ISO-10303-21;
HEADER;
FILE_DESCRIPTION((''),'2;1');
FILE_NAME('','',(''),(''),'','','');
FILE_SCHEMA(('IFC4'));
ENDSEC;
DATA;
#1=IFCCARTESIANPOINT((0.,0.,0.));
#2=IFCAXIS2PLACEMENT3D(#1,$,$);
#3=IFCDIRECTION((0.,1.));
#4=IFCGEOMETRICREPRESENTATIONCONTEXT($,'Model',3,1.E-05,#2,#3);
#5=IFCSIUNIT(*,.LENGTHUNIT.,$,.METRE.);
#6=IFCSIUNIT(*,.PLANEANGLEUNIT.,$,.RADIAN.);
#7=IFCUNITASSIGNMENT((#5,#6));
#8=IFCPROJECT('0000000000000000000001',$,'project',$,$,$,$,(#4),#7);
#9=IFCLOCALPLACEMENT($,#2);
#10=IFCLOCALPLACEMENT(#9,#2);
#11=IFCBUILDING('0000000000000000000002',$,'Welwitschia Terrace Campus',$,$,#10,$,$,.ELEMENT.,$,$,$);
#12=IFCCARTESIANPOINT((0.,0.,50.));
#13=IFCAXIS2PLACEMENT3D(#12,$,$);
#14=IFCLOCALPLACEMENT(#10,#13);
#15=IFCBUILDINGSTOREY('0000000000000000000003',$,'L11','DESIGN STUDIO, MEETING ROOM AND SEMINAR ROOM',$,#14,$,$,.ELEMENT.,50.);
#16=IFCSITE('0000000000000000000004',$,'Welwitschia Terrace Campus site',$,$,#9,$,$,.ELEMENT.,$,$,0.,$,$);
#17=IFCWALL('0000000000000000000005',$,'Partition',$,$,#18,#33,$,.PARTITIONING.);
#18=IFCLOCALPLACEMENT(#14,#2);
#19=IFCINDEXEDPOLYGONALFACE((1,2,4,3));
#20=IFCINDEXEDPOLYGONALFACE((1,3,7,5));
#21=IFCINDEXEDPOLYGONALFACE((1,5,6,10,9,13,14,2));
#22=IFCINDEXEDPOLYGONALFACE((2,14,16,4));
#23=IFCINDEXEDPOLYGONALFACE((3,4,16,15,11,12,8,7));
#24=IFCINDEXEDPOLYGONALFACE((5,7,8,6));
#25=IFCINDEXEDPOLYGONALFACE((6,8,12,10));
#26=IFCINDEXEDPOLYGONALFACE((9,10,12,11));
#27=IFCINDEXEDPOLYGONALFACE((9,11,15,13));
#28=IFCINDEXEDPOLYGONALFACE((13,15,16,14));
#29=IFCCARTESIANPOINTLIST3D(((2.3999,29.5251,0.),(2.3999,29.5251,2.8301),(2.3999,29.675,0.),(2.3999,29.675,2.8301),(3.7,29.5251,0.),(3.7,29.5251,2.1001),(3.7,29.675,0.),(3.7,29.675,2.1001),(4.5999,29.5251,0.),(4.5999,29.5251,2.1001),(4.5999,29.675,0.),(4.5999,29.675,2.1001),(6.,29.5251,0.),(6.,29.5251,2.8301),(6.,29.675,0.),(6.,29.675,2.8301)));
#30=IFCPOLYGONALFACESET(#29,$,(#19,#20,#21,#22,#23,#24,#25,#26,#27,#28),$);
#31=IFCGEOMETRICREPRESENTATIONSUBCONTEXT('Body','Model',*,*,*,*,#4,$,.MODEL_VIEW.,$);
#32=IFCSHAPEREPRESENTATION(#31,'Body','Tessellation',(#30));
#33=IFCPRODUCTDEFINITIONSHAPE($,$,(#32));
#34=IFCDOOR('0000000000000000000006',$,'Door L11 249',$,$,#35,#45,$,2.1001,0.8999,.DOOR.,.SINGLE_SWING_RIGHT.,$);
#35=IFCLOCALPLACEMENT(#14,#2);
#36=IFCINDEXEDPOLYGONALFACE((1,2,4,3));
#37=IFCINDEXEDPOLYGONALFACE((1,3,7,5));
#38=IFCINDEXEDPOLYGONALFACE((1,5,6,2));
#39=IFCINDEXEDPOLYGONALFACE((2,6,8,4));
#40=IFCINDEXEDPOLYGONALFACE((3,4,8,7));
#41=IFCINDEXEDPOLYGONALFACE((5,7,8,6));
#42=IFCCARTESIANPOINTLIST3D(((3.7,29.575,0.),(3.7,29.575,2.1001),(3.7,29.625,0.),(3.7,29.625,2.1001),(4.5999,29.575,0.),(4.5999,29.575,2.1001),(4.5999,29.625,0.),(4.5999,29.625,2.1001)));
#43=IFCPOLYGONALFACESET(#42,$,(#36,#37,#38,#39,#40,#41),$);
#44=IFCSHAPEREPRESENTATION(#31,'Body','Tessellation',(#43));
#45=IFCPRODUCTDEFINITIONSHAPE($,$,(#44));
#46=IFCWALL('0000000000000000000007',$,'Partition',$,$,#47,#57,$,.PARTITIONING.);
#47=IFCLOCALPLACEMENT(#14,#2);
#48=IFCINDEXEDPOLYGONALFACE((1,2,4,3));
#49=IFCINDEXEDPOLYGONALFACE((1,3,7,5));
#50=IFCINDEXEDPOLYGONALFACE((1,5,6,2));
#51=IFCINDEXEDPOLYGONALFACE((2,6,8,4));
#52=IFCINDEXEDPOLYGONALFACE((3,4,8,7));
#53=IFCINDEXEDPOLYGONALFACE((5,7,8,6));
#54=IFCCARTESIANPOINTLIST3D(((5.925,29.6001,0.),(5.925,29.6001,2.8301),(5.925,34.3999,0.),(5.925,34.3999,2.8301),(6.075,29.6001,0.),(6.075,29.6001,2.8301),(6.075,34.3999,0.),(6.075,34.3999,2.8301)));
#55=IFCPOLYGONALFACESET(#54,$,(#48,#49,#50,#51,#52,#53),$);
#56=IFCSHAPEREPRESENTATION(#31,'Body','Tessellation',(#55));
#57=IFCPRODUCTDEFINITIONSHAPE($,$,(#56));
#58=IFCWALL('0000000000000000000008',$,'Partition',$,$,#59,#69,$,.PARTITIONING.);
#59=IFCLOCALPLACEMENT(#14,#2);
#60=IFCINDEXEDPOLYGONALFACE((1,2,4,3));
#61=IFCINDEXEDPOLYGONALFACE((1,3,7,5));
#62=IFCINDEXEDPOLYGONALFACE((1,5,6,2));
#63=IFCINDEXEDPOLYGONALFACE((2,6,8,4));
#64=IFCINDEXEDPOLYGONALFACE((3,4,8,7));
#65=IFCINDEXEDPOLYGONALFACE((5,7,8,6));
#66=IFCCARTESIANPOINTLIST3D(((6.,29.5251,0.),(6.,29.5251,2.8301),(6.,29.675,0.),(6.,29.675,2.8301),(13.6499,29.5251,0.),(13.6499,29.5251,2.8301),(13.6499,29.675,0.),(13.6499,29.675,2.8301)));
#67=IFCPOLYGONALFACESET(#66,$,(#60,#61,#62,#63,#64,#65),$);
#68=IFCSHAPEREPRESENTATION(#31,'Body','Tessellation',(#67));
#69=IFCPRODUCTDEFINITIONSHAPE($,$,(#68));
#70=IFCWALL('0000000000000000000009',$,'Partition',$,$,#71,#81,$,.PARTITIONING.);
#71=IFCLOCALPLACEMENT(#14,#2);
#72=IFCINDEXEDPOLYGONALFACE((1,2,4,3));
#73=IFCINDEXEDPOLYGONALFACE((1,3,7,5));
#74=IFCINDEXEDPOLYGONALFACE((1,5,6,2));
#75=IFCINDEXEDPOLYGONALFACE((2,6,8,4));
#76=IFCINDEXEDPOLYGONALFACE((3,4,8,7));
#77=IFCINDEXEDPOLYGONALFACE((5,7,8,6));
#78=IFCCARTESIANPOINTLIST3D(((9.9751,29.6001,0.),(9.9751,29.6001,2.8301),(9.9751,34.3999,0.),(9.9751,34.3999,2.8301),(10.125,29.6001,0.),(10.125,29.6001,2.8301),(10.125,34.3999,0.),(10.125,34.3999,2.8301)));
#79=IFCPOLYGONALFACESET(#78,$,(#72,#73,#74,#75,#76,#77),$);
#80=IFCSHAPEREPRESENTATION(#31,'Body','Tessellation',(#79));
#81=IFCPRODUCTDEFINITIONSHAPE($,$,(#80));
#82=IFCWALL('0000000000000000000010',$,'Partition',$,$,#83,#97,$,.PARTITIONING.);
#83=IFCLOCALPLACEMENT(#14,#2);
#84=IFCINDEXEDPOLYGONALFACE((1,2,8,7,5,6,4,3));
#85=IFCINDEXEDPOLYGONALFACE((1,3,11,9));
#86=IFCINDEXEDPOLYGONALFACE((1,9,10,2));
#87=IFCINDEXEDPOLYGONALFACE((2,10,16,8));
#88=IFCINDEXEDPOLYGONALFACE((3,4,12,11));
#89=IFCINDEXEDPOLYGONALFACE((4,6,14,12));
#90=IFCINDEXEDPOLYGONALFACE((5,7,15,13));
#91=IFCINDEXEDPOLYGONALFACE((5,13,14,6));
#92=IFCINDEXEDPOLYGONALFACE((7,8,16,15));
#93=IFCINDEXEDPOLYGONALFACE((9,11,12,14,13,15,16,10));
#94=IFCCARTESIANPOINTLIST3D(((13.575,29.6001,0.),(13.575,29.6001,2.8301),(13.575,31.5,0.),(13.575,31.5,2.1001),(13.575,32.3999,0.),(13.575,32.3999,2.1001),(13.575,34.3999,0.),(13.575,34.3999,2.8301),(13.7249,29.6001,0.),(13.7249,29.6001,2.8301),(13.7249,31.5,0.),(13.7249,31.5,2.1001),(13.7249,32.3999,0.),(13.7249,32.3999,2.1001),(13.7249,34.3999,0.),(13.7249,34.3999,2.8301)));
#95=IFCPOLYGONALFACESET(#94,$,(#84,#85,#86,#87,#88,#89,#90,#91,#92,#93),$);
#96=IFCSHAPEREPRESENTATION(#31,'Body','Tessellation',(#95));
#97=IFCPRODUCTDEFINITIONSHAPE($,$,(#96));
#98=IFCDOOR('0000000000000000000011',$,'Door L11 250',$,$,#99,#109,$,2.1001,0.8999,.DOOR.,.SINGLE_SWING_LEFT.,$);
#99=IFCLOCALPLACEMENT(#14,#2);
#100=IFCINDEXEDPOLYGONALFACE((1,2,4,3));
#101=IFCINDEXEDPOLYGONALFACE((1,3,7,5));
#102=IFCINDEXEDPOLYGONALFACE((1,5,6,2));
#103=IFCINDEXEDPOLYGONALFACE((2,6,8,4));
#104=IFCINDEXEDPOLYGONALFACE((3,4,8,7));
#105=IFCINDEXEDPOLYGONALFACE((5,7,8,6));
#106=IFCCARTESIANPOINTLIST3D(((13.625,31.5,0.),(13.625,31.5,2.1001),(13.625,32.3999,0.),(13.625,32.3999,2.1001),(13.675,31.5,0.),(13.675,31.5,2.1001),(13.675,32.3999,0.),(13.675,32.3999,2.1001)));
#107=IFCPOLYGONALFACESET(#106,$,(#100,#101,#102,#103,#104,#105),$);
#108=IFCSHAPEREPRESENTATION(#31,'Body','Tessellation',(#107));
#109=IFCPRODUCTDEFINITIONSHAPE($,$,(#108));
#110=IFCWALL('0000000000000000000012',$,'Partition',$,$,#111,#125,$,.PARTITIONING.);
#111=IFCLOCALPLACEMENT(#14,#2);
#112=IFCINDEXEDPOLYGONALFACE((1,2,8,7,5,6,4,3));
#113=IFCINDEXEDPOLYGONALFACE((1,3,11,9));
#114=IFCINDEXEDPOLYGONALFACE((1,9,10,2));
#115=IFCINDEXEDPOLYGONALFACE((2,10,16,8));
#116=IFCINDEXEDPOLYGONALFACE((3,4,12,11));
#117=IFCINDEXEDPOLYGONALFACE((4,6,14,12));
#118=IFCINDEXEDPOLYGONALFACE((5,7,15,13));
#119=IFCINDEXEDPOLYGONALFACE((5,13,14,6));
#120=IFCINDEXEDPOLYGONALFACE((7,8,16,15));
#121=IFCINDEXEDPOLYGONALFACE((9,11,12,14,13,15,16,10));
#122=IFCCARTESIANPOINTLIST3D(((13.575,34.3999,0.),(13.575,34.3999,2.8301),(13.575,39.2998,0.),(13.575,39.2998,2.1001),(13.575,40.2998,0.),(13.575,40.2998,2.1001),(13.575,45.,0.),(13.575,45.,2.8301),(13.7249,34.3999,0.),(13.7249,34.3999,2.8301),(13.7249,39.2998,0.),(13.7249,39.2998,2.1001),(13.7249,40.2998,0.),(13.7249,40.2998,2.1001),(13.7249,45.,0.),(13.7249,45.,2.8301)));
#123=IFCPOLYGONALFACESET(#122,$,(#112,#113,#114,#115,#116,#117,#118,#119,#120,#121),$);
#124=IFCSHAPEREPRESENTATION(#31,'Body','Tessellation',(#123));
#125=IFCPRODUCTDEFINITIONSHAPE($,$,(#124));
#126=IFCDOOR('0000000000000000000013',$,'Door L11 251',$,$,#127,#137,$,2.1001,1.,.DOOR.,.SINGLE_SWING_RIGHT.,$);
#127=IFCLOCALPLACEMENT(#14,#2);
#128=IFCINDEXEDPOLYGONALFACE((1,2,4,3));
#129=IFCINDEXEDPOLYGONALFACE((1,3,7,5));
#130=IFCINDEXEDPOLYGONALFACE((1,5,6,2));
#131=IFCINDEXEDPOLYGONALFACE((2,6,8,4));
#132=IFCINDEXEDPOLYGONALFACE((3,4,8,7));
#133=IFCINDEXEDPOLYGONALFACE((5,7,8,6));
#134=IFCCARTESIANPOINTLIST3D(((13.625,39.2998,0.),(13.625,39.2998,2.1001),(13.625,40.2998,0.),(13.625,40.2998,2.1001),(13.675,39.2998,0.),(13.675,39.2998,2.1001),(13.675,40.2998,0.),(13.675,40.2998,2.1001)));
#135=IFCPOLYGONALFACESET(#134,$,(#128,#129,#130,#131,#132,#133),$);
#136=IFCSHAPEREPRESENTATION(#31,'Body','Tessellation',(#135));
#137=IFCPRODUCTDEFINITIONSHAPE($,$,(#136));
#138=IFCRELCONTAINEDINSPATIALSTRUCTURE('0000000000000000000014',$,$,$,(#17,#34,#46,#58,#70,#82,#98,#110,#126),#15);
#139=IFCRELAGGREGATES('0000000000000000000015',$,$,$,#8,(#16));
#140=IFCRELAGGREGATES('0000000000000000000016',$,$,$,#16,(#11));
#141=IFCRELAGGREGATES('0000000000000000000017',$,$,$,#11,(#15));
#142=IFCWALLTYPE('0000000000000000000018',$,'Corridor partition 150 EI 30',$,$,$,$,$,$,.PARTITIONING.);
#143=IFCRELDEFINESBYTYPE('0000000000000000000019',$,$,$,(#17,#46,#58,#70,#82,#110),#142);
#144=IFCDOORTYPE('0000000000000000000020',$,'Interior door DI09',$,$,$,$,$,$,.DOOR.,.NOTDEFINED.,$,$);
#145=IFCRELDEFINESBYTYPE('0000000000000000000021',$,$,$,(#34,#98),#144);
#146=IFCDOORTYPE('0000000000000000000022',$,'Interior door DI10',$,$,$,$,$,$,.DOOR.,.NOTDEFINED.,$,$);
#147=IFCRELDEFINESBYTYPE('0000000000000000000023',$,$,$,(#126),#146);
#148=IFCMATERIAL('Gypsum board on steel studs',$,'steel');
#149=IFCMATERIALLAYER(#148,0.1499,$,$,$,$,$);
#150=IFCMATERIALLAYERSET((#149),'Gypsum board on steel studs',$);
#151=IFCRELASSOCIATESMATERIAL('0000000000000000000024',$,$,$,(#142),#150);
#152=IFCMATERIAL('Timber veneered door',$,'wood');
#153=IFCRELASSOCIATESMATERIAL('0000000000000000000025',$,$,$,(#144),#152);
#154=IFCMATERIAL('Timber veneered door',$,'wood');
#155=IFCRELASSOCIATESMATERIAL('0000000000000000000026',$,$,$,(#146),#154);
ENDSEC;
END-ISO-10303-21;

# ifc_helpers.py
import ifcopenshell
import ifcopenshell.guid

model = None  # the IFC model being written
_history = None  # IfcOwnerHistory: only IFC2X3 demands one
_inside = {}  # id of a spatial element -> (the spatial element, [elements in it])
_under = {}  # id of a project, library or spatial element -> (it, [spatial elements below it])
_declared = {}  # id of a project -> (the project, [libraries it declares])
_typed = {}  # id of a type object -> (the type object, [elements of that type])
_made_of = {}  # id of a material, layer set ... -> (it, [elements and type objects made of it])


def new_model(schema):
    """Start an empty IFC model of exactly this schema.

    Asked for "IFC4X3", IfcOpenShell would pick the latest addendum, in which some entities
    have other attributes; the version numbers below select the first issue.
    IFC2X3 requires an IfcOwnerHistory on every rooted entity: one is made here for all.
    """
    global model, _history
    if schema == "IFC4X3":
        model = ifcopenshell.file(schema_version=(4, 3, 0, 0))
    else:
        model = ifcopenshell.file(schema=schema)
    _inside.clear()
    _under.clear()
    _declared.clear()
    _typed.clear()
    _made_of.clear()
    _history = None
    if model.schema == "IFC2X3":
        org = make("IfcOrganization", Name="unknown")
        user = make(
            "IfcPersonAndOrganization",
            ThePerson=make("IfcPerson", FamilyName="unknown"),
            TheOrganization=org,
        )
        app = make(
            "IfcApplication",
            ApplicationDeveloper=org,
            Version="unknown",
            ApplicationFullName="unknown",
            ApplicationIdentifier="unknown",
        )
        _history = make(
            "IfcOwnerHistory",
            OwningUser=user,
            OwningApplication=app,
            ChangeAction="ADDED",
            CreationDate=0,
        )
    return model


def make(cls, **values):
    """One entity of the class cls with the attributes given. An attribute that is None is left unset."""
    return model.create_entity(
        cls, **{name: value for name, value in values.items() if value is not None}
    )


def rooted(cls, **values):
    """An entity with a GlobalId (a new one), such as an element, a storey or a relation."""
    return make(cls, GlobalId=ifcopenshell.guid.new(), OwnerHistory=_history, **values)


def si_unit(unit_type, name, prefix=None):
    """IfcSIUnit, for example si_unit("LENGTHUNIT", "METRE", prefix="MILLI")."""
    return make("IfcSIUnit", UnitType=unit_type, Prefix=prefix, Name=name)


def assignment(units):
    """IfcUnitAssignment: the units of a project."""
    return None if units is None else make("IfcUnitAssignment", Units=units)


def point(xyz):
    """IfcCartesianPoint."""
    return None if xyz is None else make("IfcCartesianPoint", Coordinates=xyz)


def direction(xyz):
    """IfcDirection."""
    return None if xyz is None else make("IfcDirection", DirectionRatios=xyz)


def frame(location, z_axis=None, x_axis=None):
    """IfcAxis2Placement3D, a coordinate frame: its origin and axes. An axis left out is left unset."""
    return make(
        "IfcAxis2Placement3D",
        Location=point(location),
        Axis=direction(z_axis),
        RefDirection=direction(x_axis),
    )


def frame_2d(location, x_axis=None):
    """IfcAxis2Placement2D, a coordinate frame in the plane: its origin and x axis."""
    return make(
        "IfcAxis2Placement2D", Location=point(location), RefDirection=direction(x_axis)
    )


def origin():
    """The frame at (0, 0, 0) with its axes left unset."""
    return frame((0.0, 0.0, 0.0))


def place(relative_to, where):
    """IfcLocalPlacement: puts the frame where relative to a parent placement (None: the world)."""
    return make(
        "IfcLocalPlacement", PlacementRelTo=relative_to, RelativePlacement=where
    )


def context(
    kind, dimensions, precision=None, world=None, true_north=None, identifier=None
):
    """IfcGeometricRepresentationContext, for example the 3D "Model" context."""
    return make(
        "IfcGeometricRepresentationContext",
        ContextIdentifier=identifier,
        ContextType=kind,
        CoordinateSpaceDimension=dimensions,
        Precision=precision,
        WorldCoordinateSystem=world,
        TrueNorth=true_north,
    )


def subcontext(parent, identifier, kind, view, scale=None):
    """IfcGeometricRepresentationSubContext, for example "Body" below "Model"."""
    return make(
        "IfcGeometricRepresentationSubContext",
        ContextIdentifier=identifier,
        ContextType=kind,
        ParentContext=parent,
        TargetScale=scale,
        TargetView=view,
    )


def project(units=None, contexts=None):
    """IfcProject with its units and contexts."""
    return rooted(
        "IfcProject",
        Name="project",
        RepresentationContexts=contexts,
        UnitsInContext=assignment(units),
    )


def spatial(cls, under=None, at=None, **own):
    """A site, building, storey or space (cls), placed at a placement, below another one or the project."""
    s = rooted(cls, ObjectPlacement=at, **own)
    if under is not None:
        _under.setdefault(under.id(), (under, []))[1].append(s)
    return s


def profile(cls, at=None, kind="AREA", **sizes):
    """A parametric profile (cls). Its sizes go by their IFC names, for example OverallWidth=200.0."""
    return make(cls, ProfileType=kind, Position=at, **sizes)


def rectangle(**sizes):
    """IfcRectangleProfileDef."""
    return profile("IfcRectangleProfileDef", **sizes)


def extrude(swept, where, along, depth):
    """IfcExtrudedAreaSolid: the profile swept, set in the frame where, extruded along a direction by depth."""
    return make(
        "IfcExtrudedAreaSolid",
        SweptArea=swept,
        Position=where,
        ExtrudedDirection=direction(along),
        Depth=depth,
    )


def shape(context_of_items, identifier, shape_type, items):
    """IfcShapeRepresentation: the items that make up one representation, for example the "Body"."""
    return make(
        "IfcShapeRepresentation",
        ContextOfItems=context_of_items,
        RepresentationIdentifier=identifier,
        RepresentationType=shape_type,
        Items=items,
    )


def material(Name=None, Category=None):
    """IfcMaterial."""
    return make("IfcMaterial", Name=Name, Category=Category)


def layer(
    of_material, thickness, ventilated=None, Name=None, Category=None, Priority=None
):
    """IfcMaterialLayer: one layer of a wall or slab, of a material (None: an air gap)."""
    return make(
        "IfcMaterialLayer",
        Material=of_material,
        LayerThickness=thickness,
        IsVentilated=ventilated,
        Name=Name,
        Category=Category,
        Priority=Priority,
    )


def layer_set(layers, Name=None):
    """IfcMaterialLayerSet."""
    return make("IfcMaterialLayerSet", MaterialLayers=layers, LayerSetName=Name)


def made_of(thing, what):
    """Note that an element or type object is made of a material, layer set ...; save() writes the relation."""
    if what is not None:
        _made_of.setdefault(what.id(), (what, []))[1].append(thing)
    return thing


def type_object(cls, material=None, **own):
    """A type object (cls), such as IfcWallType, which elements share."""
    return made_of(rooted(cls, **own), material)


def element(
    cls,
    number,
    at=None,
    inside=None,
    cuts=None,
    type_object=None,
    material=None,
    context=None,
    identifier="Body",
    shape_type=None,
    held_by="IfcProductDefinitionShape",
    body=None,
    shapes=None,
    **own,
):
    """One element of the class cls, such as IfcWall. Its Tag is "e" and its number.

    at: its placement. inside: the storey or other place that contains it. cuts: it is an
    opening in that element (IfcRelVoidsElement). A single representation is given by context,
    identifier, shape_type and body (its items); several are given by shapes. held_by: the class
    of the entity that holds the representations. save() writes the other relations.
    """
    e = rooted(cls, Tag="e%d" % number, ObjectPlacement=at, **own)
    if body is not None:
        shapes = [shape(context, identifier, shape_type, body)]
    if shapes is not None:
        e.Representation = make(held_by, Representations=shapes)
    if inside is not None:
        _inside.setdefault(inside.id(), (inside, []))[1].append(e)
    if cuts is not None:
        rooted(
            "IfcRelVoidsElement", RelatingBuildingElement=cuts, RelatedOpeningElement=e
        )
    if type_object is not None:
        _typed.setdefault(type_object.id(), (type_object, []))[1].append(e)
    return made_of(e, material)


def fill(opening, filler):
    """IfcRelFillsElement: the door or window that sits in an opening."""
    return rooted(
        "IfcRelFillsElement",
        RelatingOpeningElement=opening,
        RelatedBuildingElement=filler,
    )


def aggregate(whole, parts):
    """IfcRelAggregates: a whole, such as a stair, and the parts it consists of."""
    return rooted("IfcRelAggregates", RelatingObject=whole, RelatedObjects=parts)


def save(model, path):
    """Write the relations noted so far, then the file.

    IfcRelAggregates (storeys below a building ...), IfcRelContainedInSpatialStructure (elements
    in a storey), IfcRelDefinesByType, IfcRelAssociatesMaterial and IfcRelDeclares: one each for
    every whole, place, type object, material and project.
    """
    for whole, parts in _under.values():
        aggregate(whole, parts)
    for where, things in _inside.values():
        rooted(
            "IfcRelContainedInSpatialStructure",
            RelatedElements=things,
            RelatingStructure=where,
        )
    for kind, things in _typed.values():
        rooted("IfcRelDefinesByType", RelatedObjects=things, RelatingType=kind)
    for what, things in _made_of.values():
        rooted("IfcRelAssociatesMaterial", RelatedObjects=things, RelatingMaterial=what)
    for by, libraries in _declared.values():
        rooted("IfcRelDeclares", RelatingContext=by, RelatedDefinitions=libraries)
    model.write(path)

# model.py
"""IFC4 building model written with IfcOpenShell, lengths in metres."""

from ifc_helpers import new_model, si_unit, direction, frame, frame_2d, origin, place, context, subcontext, project, spatial, rectangle, extrude, material, layer, layer_set, type_object, element, fill, save


model = new_model("IFC4")

# Units and contexts
model_context = context("Model", 3, precision=1e-05, world=origin(), true_north=direction((0.0, 1.0)))
body_context = subcontext(model_context, "Body", "Model", "MODEL_VIEW")
ifc_project = project(units=[si_unit("LENGTHUNIT", "METRE"), si_unit("PLANEANGLEUNIT", "RADIAN")], contexts=[model_context])

# Site, building, storey
site_placement = place(None, origin())
site = spatial("IfcSite", under=ifc_project, at=site_placement, Name="Welwitschia Terrace Campus site", CompositionType="ELEMENT", RefElevation=0.0)
building_placement = place(site_placement, origin())
building = spatial("IfcBuilding", under=site, at=building_placement, Name="Welwitschia Terrace Campus", CompositionType="ELEMENT")
storey_placement = place(building_placement, frame((0.0, 0.0, 50.0)))
storey = spatial("IfcBuildingStorey", under=building, at=storey_placement, Name="L11", Description="DESIGN STUDIO, MEETING ROOM AND SEMINAR ROOM", CompositionType="ELEMENT", Elevation=50.0)

# Shared definitions
ifc_material_1 = material(Name="Gypsum board on steel studs", Category="steel")
ifc_layer_1 = layer(ifc_material_1, 0.1499)
ifc_layer_set_1 = layer_set([ifc_layer_1], Name="Gypsum board on steel studs")
wall_type = type_object("IfcWallType", Name="Corridor partition 150 EI 30", PredefinedType="PARTITIONING", material=ifc_layer_set_1)

# Wall, opening, door
wall_1_placement = place(storey_placement, frame((2.3999, 29.6001, 0.0), z_axis=(0.0, 0.0, 1.0), x_axis=(1.0, 0.0, 0.0)))
wall_1 = element("IfcWall", 1, at=wall_1_placement, inside=storey, type_object=wall_type, Name="Partition", PredefinedType="PARTITIONING", context=body_context, shape_type="SweptSolid", body=[
    extrude(rectangle(XDim=3.6001, YDim=0.1499, at=frame_2d((1.8, 0.0))), origin(), (0.0, 0.0, 1.0), 2.8301),
])
opening_1_placement = place(wall_1_placement, frame((1.3, 0.0, 0.0)))
opening_1 = element("IfcOpeningElement", 2, at=opening_1_placement, cuts=wall_1, PredefinedType="OPENING", context=body_context, shape_type="SweptSolid", body=[
    extrude(rectangle(XDim=0.8999, YDim=2.1001, at=frame_2d((0.45, 1.05))), frame((0.0, 0.085, 0.0), z_axis=(0.0, -1.0, 0.0), x_axis=(1.0, 0.0, 0.0)), (0.0, 0.0, 1.0), 0.1699),
])
ifc_material_2 = material(Name="Timber veneered door", Category="wood")
door_type_1 = type_object("IfcDoorType", Name="Interior door DI09", OperationType="NOTDEFINED", PredefinedType="DOOR", material=ifc_material_2)
door_1_placement = place(opening_1_placement, origin())
door_1 = element("IfcDoor", 3, at=door_1_placement, inside=storey, type_object=door_type_1, Name="Door L11 249", OperationType="SINGLE_SWING_RIGHT", OverallHeight=2.1001, OverallWidth=0.8999, PredefinedType="DOOR", context=body_context, shape_type="SweptSolid", body=[
    extrude(rectangle(XDim=0.8999, YDim=2.1001, at=frame_2d((0.45, 1.05))), frame((0.0, 0.0249, 0.0), z_axis=(0.0, -1.0, 0.0), x_axis=(1.0, 0.0, 0.0)), (0.0, 0.0, 1.0), 0.05),
])
fill(opening_1, door_1)

# Walls
wall_2_placement = place(storey_placement, frame((6.0, 29.6001, 0.0), z_axis=(0.0, 0.0, 1.0), x_axis=(0.0, 1.0, 0.0)))
element("IfcWall", 4, at=wall_2_placement, inside=storey, type_object=wall_type, Name="Partition", PredefinedType="PARTITIONING", context=body_context, shape_type="SweptSolid", body=[
    extrude(rectangle(XDim=4.7998, YDim=0.1499, at=frame_2d((2.3999, 0.0))), origin(), (0.0, 0.0, 1.0), 2.8301),
])
wall_3_placement = place(storey_placement, frame((6.0, 29.6001, 0.0), z_axis=(0.0, 0.0, 1.0), x_axis=(1.0, 0.0, 0.0)))
element("IfcWall", 5, at=wall_3_placement, inside=storey, type_object=wall_type, Name="Partition", PredefinedType="PARTITIONING", context=body_context, shape_type="SweptSolid", body=[
    extrude(rectangle(XDim=7.6499, YDim=0.1499, at=frame_2d((3.825, 0.0))), origin(), (0.0, 0.0, 1.0), 2.8301),
])
wall_4_placement = place(storey_placement, frame((10.05, 29.6001, 0.0), z_axis=(0.0, 0.0, 1.0), x_axis=(0.0, 1.0, 0.0)))
element("IfcWall", 6, at=wall_4_placement, inside=storey, type_object=wall_type, Name="Partition", PredefinedType="PARTITIONING", context=body_context, shape_type="SweptSolid", body=[
    extrude(rectangle(XDim=4.7998, YDim=0.1499, at=frame_2d((2.3999, 0.0))), origin(), (0.0, 0.0, 1.0), 2.8301),
])

# Walls, openings, doors
wall_5_placement = place(storey_placement, frame((13.6499, 29.6001, 0.0), z_axis=(0.0, 0.0, 1.0), x_axis=(0.0, 1.0, 0.0)))
wall_5 = element("IfcWall", 7, at=wall_5_placement, inside=storey, type_object=wall_type, Name="Partition", PredefinedType="PARTITIONING", context=body_context, shape_type="SweptSolid", body=[
    extrude(rectangle(XDim=4.7998, YDim=0.1499, at=frame_2d((2.3999, 0.0))), origin(), (0.0, 0.0, 1.0), 2.8301),
])
opening_2_placement = place(wall_5_placement, frame((1.8999, 0.0, 0.0)))
opening_2 = element("IfcOpeningElement", 8, at=opening_2_placement, cuts=wall_5, PredefinedType="OPENING", context=body_context, shape_type="SweptSolid", body=[
    extrude(rectangle(XDim=0.8999, YDim=2.1001, at=frame_2d((0.45, 1.05))), frame((0.0, 0.085, 0.0), z_axis=(0.0, -1.0, 0.0), x_axis=(1.0, 0.0, 0.0)), (0.0, 0.0, 1.0), 0.1699),
])
door_2_placement = place(opening_2_placement, origin())
door_2 = element("IfcDoor", 9, at=door_2_placement, inside=storey, type_object=door_type_1, Name="Door L11 250", OperationType="SINGLE_SWING_LEFT", OverallHeight=2.1001, OverallWidth=0.8999, PredefinedType="DOOR", context=body_context, shape_type="SweptSolid", body=[
    extrude(rectangle(XDim=0.8999, YDim=2.1001, at=frame_2d((0.45, 1.05))), frame((0.0, 0.0249, 0.0), z_axis=(0.0, -1.0, 0.0), x_axis=(1.0, 0.0, 0.0)), (0.0, 0.0, 1.0), 0.05),
])
fill(opening_2, door_2)
wall_6_placement = place(storey_placement, frame((13.6499, 34.3999, 0.0), z_axis=(0.0, 0.0, 1.0), x_axis=(0.0, 1.0, 0.0)))
wall_6 = element("IfcWall", 10, at=wall_6_placement, inside=storey, type_object=wall_type, Name="Partition", PredefinedType="PARTITIONING", context=body_context, shape_type="SweptSolid", body=[
    extrude(rectangle(XDim=10.6001, YDim=0.1499, at=frame_2d((5.3, 0.0))), origin(), (0.0, 0.0, 1.0), 2.8301),
])
opening_3_placement = place(wall_6_placement, frame((4.8999, 0.0, 0.0)))
opening_3 = element("IfcOpeningElement", 11, at=opening_3_placement, cuts=wall_6, PredefinedType="OPENING", context=body_context, shape_type="SweptSolid", body=[
    extrude(rectangle(XDim=1.0, YDim=2.1001, at=frame_2d((0.5, 1.05))), frame((0.0, 0.085, 0.0), z_axis=(0.0, -1.0, 0.0), x_axis=(1.0, 0.0, 0.0)), (0.0, 0.0, 1.0), 0.1699),
])
ifc_material_3 = material(Name="Timber veneered door", Category="wood")
door_type_2 = type_object("IfcDoorType", Name="Interior door DI10", OperationType="NOTDEFINED", PredefinedType="DOOR", material=ifc_material_3)
door_3_placement = place(opening_3_placement, origin())
door_3 = element("IfcDoor", 12, at=door_3_placement, inside=storey, type_object=door_type_2, Name="Door L11 251", OperationType="SINGLE_SWING_RIGHT", OverallHeight=2.1001, OverallWidth=1.0, PredefinedType="DOOR", context=body_context, shape_type="SweptSolid", body=[
    extrude(rectangle(XDim=1.0, YDim=2.1001, at=frame_2d((0.5, 1.05))), frame((0.0, 0.0249, 0.0), z_axis=(0.0, -1.0, 0.0), x_axis=(1.0, 0.0, 0.0)), (0.0, 0.0, 1.0), 0.05),
])
fill(opening_3, door_3)

save(model, "model.ifc")
